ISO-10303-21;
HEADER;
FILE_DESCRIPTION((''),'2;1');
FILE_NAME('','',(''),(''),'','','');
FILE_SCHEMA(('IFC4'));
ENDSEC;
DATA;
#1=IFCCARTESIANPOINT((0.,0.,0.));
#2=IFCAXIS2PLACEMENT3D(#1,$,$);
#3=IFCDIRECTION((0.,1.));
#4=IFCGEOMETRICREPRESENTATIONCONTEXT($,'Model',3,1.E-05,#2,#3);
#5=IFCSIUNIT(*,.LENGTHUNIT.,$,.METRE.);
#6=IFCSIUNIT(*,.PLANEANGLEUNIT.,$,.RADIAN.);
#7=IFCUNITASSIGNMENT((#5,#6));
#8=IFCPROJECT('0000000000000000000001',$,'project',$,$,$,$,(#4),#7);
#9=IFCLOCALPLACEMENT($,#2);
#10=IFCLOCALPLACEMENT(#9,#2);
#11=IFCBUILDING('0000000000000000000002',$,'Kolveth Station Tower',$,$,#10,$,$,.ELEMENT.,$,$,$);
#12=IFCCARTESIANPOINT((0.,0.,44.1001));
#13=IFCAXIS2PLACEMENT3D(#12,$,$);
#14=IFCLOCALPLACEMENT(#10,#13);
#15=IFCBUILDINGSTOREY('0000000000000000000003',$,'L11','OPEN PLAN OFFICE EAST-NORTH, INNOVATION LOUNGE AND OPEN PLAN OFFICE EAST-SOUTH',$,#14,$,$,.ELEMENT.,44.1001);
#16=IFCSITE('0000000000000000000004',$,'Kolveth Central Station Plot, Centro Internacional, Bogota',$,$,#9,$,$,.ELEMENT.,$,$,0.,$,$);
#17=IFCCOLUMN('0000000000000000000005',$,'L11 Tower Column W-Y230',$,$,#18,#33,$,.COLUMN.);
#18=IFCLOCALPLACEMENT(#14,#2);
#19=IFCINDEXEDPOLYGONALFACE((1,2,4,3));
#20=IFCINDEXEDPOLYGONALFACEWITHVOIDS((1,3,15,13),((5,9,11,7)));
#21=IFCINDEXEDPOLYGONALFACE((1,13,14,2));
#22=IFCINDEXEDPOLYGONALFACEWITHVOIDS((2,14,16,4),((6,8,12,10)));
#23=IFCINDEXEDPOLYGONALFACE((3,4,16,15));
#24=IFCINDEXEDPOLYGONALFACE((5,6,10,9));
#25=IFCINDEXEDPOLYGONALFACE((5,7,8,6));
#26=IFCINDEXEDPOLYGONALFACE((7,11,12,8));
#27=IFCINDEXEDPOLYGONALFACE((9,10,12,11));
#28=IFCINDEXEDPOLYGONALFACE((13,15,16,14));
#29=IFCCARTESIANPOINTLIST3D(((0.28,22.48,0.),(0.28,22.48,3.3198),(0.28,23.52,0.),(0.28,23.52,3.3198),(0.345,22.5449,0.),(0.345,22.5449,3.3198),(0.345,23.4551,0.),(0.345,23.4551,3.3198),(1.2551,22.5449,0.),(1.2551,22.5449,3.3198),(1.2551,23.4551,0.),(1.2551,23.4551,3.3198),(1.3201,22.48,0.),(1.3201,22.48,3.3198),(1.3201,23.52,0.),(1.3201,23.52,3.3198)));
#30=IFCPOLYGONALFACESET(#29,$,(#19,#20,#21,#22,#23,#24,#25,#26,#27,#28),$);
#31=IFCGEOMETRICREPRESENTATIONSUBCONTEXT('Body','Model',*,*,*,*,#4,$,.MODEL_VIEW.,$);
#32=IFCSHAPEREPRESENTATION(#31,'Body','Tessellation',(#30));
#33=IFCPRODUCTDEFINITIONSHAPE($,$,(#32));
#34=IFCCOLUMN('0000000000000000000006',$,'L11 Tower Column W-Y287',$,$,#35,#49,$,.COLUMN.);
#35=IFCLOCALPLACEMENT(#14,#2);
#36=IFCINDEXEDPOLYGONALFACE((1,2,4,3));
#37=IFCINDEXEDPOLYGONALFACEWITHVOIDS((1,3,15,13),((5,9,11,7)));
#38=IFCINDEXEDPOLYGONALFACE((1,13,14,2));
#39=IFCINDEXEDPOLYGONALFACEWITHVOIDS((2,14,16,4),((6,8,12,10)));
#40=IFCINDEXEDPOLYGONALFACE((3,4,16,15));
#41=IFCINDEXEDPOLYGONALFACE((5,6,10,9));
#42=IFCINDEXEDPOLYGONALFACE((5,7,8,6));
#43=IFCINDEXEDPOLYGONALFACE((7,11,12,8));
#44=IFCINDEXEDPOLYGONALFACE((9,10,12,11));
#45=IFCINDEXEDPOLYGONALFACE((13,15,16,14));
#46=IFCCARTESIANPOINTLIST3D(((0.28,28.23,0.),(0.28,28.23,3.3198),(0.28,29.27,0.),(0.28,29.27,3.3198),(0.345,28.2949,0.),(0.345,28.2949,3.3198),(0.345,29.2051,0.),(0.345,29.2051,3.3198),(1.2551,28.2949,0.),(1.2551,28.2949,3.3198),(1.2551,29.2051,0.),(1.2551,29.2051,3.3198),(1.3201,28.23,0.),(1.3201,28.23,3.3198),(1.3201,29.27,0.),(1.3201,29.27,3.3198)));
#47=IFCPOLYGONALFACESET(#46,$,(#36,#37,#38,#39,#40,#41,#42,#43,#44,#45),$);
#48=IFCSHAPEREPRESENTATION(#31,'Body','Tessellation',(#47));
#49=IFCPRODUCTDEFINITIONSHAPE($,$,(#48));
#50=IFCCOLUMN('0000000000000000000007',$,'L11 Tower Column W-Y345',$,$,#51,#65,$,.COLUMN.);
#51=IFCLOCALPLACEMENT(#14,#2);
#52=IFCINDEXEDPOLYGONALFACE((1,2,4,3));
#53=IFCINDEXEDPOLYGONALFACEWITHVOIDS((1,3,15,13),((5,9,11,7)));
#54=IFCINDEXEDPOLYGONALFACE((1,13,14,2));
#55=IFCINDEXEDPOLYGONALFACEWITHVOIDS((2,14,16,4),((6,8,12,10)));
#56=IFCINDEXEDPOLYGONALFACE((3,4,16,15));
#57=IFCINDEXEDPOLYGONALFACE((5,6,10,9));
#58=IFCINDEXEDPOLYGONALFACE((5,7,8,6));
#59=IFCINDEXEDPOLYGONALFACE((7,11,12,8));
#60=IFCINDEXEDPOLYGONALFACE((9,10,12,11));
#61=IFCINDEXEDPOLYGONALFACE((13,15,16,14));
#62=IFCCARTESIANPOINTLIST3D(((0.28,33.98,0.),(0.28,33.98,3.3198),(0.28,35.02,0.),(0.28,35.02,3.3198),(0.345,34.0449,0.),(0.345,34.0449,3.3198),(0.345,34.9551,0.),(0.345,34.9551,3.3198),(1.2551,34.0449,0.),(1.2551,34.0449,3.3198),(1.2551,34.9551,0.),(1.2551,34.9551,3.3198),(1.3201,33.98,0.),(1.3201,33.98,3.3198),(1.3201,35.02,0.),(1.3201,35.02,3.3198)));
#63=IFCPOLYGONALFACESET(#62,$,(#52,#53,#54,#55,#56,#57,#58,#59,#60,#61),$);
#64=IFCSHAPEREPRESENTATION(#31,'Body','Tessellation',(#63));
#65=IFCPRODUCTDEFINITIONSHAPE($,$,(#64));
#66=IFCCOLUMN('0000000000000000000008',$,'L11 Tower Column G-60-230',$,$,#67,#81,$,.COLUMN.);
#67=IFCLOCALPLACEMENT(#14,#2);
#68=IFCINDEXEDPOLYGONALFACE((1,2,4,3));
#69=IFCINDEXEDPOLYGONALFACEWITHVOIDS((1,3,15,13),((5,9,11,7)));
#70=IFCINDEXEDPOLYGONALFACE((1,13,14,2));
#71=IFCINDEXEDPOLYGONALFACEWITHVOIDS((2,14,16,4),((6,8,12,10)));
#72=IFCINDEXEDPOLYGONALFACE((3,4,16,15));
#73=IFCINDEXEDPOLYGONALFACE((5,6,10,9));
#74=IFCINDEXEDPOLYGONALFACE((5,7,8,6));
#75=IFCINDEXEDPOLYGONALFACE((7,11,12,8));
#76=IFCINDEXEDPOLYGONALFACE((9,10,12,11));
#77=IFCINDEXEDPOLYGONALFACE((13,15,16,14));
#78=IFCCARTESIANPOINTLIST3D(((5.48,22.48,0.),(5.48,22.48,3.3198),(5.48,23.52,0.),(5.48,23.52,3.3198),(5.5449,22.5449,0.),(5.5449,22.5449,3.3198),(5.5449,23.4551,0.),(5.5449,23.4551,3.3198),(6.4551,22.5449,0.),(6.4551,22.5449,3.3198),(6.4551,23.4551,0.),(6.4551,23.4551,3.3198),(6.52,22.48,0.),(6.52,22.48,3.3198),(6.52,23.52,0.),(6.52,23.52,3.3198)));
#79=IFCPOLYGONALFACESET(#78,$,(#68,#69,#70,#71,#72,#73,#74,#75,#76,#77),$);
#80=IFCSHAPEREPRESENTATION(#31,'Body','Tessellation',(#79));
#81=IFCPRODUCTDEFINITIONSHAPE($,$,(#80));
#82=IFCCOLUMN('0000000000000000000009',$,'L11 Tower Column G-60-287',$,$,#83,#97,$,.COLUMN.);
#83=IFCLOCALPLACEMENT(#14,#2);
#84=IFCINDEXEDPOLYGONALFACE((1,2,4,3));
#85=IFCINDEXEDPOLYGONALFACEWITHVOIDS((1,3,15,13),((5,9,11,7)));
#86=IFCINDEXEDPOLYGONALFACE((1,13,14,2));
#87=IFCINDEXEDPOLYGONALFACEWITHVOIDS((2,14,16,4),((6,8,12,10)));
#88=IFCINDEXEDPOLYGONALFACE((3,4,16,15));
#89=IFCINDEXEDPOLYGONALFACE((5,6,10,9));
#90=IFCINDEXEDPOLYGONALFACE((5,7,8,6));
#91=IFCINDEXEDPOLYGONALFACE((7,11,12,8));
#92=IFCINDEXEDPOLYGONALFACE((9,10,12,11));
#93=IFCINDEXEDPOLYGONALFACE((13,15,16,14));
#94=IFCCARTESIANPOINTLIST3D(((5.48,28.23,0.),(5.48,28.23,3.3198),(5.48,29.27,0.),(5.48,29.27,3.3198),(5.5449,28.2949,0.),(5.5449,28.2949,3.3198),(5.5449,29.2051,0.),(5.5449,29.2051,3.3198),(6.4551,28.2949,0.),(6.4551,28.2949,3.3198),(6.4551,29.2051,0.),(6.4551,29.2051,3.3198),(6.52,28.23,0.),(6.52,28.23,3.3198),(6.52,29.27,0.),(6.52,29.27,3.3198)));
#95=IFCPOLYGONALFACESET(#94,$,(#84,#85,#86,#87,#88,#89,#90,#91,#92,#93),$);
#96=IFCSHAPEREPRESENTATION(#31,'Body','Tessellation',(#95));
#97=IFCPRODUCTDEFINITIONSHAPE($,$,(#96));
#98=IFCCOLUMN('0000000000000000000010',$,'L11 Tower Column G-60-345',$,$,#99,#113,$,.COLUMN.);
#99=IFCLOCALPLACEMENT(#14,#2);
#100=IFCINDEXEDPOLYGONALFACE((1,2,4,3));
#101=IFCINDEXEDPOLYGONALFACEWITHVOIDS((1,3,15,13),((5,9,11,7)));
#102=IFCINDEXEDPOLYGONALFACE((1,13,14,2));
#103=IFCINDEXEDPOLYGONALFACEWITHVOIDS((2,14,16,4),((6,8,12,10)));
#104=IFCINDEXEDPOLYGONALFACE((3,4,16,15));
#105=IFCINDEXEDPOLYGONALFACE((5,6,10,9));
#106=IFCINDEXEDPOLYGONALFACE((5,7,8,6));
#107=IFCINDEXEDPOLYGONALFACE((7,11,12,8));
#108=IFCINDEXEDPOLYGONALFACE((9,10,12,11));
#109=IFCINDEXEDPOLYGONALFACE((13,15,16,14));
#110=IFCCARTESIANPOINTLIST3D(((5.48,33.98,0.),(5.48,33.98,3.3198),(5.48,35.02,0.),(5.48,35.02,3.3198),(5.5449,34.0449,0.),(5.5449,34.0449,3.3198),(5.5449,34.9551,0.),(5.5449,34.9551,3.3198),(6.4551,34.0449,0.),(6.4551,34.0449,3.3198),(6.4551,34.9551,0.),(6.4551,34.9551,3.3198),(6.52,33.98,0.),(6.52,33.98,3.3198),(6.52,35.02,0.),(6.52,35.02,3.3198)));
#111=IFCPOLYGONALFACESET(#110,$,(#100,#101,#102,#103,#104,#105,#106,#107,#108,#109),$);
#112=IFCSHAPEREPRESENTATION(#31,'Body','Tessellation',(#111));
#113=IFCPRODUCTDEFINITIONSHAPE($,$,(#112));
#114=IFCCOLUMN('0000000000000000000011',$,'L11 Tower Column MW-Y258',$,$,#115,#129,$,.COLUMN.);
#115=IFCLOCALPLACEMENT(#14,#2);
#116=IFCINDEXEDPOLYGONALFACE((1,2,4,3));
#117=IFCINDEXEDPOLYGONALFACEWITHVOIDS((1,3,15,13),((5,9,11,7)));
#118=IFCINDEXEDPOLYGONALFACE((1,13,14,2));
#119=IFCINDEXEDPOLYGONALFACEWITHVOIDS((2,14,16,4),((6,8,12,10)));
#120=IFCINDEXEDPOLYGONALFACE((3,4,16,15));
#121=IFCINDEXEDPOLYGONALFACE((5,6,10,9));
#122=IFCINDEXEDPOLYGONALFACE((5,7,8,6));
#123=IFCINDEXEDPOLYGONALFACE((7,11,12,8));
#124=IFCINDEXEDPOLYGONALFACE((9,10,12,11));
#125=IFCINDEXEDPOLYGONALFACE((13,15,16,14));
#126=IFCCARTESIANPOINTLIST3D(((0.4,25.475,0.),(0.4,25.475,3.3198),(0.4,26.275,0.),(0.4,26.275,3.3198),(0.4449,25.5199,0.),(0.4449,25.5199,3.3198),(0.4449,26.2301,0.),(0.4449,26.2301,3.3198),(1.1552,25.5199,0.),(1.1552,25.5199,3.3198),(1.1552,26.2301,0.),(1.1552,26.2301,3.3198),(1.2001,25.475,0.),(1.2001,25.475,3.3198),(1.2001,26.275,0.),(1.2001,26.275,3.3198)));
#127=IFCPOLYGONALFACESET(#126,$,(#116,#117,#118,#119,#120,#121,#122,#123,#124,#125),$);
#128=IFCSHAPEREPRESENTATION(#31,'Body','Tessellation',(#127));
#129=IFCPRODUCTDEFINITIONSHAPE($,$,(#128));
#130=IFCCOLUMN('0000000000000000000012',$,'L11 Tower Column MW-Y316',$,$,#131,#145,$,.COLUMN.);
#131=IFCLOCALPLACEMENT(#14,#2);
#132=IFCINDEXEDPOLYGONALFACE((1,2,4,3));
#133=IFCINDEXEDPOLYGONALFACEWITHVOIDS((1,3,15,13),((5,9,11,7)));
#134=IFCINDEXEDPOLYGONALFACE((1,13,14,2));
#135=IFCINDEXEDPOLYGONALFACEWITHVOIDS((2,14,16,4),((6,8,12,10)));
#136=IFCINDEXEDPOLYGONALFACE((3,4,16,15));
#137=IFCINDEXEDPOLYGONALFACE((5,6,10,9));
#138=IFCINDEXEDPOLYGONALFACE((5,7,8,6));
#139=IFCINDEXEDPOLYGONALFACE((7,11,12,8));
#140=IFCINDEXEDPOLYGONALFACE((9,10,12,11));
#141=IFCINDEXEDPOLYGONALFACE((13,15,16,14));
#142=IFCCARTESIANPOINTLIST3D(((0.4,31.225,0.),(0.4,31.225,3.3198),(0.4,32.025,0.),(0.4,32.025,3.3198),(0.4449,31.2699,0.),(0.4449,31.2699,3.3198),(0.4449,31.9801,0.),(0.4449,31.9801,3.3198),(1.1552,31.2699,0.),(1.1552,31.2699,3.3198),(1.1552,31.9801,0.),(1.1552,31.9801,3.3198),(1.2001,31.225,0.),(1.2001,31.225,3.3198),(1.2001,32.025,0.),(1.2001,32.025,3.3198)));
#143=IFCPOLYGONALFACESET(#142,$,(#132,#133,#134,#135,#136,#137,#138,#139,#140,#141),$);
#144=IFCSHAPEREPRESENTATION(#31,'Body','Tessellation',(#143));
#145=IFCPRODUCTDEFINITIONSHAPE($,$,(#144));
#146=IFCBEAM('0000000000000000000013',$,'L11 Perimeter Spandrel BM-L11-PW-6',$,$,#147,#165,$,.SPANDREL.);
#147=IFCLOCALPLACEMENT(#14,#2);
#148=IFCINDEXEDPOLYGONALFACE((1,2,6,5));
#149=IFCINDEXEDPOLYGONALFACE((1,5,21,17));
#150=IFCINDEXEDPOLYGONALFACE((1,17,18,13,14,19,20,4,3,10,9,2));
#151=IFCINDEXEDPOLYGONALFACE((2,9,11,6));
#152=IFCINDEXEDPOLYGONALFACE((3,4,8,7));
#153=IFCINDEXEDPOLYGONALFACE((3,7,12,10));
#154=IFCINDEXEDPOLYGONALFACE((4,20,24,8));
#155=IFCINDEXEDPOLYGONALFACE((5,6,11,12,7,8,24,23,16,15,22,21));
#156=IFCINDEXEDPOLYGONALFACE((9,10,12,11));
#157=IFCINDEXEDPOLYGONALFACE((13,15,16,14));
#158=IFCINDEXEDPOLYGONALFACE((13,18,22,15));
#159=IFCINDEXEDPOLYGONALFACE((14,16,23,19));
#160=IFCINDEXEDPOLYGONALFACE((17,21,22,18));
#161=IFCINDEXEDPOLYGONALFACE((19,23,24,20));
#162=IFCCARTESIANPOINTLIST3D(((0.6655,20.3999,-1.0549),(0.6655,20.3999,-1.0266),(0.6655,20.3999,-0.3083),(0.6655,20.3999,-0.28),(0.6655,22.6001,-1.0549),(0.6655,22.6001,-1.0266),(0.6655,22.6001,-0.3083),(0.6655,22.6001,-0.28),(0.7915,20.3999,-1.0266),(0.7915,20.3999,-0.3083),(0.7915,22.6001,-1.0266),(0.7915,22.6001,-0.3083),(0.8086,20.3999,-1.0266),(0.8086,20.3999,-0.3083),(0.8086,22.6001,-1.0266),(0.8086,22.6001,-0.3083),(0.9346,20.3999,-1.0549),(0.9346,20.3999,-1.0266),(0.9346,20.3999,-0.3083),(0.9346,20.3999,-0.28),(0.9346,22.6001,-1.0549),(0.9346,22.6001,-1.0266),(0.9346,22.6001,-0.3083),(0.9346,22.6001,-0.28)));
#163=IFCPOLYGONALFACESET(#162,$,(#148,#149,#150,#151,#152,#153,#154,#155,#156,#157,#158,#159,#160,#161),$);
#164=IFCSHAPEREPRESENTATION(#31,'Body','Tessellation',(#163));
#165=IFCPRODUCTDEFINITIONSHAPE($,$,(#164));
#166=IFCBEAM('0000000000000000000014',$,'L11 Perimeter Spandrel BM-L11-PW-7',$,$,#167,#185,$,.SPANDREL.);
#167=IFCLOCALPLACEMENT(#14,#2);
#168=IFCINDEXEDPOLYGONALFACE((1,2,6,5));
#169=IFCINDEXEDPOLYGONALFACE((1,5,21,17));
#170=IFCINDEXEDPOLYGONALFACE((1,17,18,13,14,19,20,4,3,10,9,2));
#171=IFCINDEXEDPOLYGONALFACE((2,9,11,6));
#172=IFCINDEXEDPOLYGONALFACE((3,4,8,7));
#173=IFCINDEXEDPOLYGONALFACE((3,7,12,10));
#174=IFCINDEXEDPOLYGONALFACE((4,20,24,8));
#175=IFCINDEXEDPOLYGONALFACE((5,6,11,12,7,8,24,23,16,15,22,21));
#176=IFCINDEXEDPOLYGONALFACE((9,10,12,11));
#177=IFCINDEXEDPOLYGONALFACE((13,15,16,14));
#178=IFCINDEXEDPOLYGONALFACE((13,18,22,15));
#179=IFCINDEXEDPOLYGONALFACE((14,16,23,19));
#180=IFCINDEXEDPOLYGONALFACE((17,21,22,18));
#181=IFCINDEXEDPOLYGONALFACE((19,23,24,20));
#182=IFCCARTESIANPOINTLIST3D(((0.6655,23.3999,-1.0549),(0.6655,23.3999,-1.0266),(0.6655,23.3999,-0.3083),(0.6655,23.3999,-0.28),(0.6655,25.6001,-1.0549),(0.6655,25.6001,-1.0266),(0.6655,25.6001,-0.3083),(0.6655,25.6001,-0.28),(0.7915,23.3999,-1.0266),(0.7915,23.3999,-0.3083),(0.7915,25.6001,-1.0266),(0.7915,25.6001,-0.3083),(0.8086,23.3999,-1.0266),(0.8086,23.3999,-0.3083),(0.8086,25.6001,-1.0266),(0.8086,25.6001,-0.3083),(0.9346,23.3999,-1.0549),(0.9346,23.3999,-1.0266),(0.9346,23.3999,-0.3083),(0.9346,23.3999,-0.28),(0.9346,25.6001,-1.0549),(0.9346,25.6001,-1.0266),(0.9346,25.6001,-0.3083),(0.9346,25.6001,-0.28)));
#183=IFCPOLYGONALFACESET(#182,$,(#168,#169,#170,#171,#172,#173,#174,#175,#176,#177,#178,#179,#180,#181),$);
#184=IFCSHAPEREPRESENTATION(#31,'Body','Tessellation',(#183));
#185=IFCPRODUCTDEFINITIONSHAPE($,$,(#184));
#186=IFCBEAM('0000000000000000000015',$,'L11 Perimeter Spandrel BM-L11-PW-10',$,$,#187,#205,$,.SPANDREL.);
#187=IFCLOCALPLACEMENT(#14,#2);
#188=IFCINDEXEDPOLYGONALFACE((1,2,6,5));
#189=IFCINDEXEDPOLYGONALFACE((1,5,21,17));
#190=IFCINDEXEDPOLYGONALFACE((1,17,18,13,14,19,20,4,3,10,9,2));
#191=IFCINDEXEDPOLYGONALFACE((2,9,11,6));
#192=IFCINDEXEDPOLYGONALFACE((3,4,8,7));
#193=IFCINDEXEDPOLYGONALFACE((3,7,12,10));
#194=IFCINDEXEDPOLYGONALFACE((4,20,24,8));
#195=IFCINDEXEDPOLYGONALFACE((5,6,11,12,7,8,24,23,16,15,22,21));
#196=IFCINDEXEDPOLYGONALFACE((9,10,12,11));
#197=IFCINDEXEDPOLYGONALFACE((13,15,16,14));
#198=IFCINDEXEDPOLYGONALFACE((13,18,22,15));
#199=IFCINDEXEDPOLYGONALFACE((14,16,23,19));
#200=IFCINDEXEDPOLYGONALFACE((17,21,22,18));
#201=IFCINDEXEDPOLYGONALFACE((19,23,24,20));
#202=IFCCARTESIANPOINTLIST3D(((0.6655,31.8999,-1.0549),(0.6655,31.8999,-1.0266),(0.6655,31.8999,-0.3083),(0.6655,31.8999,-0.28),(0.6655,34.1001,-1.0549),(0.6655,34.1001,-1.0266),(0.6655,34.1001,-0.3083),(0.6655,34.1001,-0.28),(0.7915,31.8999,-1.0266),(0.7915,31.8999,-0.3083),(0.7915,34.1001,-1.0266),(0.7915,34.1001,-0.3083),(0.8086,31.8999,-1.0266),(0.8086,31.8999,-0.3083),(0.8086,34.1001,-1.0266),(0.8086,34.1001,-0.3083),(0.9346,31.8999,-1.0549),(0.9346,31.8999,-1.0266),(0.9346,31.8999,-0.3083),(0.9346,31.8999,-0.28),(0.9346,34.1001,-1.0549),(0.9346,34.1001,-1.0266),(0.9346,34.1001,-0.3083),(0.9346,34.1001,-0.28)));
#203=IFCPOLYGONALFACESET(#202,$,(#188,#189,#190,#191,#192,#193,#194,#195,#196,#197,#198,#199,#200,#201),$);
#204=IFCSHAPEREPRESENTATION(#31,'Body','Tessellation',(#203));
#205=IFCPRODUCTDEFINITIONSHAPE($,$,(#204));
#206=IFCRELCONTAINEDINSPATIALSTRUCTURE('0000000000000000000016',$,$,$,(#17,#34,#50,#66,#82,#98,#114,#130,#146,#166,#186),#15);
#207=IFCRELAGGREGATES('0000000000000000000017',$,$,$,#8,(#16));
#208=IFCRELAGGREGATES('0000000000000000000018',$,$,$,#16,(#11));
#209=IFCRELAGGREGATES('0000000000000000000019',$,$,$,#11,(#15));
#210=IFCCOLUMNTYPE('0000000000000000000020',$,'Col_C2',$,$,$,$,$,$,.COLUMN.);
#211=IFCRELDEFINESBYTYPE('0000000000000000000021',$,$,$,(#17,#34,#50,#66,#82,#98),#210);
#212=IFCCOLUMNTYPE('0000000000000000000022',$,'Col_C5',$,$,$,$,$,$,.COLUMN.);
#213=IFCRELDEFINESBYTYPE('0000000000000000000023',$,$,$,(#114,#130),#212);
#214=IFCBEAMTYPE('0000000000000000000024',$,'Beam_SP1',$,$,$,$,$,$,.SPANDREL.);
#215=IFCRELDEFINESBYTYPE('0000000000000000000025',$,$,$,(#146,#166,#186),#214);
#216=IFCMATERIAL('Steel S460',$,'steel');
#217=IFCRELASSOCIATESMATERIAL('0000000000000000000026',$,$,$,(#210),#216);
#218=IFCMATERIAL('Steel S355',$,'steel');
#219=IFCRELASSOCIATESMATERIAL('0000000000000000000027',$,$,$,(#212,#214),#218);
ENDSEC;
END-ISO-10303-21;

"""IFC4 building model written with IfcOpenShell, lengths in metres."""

from ifc_helpers import new_model, si_unit, direction, frame, origin, origin_2d, place, context, subcontext, project, spatial, hollow_rectangle, i_section, extrude, source, transform, mapped, material, material_profile, profile_set, type_object, element, save


model = new_model("IFC4")

# Units and contexts
model_context = context("Model", 3, precision=1e-05, world=origin(), true_north=direction((0.0, 1.0)))
body_context = subcontext(model_context, "Body", "Model", "MODEL_VIEW")
ifc_project = project(units=[si_unit("LENGTHUNIT", "METRE"), si_unit("PLANEANGLEUNIT", "RADIAN")], contexts=[model_context])

# Site, building, storey
site_placement = place(None, origin())
site = spatial("IfcSite", under=ifc_project, at=site_placement, Name="Kolveth Central Station Plot, Centro Internacional, Bogota", CompositionType="ELEMENT", RefElevation=0.0)
building_placement = place(site_placement, origin())
building = spatial("IfcBuilding", under=site, at=building_placement, Name="Kolveth Station Tower", CompositionType="ELEMENT")
storey_placement = place(building_placement, frame((0.0, 0.0, 44.1001)))
storey = spatial("IfcBuildingStorey", under=building, at=storey_placement, Name="L11", Description="OPEN PLAN OFFICE EAST-NORTH, INNOVATION LOUNGE AND OPEN PLAN OFFICE EAST-SOUTH", CompositionType="ELEMENT", Elevation=44.1001)

# Columns
ifc_material_1 = material(Name="Steel S460", Category="steel")
ifc_material_profile_1 = material_profile(ifc_material_1, hollow_rectangle(XDim=1.04, YDim=1.04, WallThickness=0.0649, at=origin_2d()), Name="BOX1040x1040x65")
ifc_profile_set_1 = profile_set([ifc_material_profile_1], Name="Steel S460")
column_type_1 = type_object("IfcColumnType", Name="Col_C2", PredefinedType="COLUMN", material=ifc_profile_set_1)
shared_shape_1 = source(origin(), body_context, "Body", "SweptSolid", [
    extrude(hollow_rectangle(XDim=1.04, YDim=1.04, WallThickness=0.0649, at=origin_2d()), origin(), (0.0, 0.0, 1.0), 3.3198),
])
for number, where, z_axis, x_axis, name in (
    (1, (0.8, 23.0, 0.0), (0.0, 0.0, 1.0), (1.0, 0.0, 0.0), "L11 Tower Column W-Y230"),
    (2, (0.8, 28.75, 0.0), (0.0, 0.0, 1.0), (1.0, 0.0, 0.0), "L11 Tower Column W-Y287"),
    (3, (0.8, 34.5, 0.0), (0.0, 0.0, 1.0), (1.0, 0.0, 0.0), "L11 Tower Column W-Y345"),
    (4, (6.0, 23.0, 0.0), (0.0, 0.0, 1.0), (1.0, 0.0, 0.0), "L11 Tower Column G-60-230"),
    (5, (6.0, 28.75, 0.0), (0.0, 0.0, 1.0), (1.0, 0.0, 0.0), "L11 Tower Column G-60-287"),
    (6, (6.0, 34.5, 0.0), (0.0, 0.0, 1.0), (1.0, 0.0, 0.0), "L11 Tower Column G-60-345"),
):
    element("IfcColumn", number, at=place(storey_placement, frame(where, z_axis=z_axis, x_axis=x_axis)), inside=storey, type_object=column_type_1, Name=name, PredefinedType="COLUMN", context=body_context, shape_type="MappedRepresentation", body=[
        mapped(shared_shape_1, transform((0.0, 0.0, 0.0), x_axis=(1.0, 0.0, 0.0), y_axis=(0.0, 1.0, 0.0), z_axis=(0.0, 0.0, 1.0), scale=1.0)),
    ])
ifc_material_2 = material(Name="Steel S355", Category="steel")
ifc_material_profile_2 = material_profile(ifc_material_2, hollow_rectangle(XDim=0.8, YDim=0.8, WallThickness=0.0449, at=origin_2d()), Name="BOX800x800x45")
ifc_profile_set_2 = profile_set([ifc_material_profile_2], Name="Steel S355")
column_type_2 = type_object("IfcColumnType", Name="Col_C5", PredefinedType="COLUMN", material=ifc_profile_set_2)
shared_shape_2 = source(origin(), body_context, "Body", "SweptSolid", [
    extrude(hollow_rectangle(XDim=0.8, YDim=0.8, WallThickness=0.0449, at=origin_2d()), origin(), (0.0, 0.0, 1.0), 3.3198),
])
for number, where, z_axis, x_axis, name in (
    (7, (0.8, 25.875, 0.0), (0.0, 0.0, 1.0), (1.0, 0.0, 0.0), "L11 Tower Column MW-Y258"),
    (8, (0.8, 31.625, 0.0), (0.0, 0.0, 1.0), (1.0, 0.0, 0.0), "L11 Tower Column MW-Y316"),
):
    element("IfcColumn", number, at=place(storey_placement, frame(where, z_axis=z_axis, x_axis=x_axis)), inside=storey, type_object=column_type_2, Name=name, PredefinedType="COLUMN", context=body_context, shape_type="MappedRepresentation", body=[
        mapped(shared_shape_2, transform((0.0, 0.0, 0.0), x_axis=(1.0, 0.0, 0.0), y_axis=(0.0, 1.0, 0.0), z_axis=(0.0, 0.0, 1.0), scale=1.0)),
    ])

# Beams
ifc_material_profile_3 = material_profile(ifc_material_2, i_section(OverallWidth=0.269, OverallDepth=0.7749, WebThickness=0.0171, FlangeThickness=0.0283, at=origin_2d()), Name="W760x220")
ifc_profile_set_3 = profile_set([ifc_material_profile_3], Name="Steel S355")
beam_type_1 = type_object("IfcBeamType", Name="Beam_SP1", PredefinedType="SPANDREL", material=ifc_profile_set_3)
shared_shape_3 = source(origin(), body_context, "Body", "SweptSolid", [
    extrude(i_section(OverallWidth=0.269, OverallDepth=0.7749, WebThickness=0.0171, FlangeThickness=0.0283, at=origin_2d()), origin(), (0.0, 0.0, 1.0), 2.2002),
])
for number, where, z_axis, x_axis, name in (
    (9, (0.8, 20.3999, -0.6675), (0.0, 1.0, 0.0), (-1.0, 0.0, 0.0), "L11 Perimeter Spandrel BM-L11-PW-6"),
    (10, (0.8, 23.3999, -0.6675), (0.0, 1.0, 0.0), (-1.0, 0.0, 0.0), "L11 Perimeter Spandrel BM-L11-PW-7"),
    (11, (0.8, 31.8999, -0.6675), (0.0, 1.0, 0.0), (-1.0, 0.0, 0.0), "L11 Perimeter Spandrel BM-L11-PW-10"),
):
    element("IfcBeam", number, at=place(storey_placement, frame(where, z_axis=z_axis, x_axis=x_axis)), inside=storey, type_object=beam_type_1, Name=name, PredefinedType="SPANDREL", context=body_context, shape_type="MappedRepresentation", body=[
        mapped(shared_shape_3, transform((0.0, 0.0, 0.0), x_axis=(1.0, 0.0, 0.0), y_axis=(0.0, 1.0, 0.0), z_axis=(0.0, 0.0, 1.0), scale=1.0)),
    ])

save(model, "model.ifc")
